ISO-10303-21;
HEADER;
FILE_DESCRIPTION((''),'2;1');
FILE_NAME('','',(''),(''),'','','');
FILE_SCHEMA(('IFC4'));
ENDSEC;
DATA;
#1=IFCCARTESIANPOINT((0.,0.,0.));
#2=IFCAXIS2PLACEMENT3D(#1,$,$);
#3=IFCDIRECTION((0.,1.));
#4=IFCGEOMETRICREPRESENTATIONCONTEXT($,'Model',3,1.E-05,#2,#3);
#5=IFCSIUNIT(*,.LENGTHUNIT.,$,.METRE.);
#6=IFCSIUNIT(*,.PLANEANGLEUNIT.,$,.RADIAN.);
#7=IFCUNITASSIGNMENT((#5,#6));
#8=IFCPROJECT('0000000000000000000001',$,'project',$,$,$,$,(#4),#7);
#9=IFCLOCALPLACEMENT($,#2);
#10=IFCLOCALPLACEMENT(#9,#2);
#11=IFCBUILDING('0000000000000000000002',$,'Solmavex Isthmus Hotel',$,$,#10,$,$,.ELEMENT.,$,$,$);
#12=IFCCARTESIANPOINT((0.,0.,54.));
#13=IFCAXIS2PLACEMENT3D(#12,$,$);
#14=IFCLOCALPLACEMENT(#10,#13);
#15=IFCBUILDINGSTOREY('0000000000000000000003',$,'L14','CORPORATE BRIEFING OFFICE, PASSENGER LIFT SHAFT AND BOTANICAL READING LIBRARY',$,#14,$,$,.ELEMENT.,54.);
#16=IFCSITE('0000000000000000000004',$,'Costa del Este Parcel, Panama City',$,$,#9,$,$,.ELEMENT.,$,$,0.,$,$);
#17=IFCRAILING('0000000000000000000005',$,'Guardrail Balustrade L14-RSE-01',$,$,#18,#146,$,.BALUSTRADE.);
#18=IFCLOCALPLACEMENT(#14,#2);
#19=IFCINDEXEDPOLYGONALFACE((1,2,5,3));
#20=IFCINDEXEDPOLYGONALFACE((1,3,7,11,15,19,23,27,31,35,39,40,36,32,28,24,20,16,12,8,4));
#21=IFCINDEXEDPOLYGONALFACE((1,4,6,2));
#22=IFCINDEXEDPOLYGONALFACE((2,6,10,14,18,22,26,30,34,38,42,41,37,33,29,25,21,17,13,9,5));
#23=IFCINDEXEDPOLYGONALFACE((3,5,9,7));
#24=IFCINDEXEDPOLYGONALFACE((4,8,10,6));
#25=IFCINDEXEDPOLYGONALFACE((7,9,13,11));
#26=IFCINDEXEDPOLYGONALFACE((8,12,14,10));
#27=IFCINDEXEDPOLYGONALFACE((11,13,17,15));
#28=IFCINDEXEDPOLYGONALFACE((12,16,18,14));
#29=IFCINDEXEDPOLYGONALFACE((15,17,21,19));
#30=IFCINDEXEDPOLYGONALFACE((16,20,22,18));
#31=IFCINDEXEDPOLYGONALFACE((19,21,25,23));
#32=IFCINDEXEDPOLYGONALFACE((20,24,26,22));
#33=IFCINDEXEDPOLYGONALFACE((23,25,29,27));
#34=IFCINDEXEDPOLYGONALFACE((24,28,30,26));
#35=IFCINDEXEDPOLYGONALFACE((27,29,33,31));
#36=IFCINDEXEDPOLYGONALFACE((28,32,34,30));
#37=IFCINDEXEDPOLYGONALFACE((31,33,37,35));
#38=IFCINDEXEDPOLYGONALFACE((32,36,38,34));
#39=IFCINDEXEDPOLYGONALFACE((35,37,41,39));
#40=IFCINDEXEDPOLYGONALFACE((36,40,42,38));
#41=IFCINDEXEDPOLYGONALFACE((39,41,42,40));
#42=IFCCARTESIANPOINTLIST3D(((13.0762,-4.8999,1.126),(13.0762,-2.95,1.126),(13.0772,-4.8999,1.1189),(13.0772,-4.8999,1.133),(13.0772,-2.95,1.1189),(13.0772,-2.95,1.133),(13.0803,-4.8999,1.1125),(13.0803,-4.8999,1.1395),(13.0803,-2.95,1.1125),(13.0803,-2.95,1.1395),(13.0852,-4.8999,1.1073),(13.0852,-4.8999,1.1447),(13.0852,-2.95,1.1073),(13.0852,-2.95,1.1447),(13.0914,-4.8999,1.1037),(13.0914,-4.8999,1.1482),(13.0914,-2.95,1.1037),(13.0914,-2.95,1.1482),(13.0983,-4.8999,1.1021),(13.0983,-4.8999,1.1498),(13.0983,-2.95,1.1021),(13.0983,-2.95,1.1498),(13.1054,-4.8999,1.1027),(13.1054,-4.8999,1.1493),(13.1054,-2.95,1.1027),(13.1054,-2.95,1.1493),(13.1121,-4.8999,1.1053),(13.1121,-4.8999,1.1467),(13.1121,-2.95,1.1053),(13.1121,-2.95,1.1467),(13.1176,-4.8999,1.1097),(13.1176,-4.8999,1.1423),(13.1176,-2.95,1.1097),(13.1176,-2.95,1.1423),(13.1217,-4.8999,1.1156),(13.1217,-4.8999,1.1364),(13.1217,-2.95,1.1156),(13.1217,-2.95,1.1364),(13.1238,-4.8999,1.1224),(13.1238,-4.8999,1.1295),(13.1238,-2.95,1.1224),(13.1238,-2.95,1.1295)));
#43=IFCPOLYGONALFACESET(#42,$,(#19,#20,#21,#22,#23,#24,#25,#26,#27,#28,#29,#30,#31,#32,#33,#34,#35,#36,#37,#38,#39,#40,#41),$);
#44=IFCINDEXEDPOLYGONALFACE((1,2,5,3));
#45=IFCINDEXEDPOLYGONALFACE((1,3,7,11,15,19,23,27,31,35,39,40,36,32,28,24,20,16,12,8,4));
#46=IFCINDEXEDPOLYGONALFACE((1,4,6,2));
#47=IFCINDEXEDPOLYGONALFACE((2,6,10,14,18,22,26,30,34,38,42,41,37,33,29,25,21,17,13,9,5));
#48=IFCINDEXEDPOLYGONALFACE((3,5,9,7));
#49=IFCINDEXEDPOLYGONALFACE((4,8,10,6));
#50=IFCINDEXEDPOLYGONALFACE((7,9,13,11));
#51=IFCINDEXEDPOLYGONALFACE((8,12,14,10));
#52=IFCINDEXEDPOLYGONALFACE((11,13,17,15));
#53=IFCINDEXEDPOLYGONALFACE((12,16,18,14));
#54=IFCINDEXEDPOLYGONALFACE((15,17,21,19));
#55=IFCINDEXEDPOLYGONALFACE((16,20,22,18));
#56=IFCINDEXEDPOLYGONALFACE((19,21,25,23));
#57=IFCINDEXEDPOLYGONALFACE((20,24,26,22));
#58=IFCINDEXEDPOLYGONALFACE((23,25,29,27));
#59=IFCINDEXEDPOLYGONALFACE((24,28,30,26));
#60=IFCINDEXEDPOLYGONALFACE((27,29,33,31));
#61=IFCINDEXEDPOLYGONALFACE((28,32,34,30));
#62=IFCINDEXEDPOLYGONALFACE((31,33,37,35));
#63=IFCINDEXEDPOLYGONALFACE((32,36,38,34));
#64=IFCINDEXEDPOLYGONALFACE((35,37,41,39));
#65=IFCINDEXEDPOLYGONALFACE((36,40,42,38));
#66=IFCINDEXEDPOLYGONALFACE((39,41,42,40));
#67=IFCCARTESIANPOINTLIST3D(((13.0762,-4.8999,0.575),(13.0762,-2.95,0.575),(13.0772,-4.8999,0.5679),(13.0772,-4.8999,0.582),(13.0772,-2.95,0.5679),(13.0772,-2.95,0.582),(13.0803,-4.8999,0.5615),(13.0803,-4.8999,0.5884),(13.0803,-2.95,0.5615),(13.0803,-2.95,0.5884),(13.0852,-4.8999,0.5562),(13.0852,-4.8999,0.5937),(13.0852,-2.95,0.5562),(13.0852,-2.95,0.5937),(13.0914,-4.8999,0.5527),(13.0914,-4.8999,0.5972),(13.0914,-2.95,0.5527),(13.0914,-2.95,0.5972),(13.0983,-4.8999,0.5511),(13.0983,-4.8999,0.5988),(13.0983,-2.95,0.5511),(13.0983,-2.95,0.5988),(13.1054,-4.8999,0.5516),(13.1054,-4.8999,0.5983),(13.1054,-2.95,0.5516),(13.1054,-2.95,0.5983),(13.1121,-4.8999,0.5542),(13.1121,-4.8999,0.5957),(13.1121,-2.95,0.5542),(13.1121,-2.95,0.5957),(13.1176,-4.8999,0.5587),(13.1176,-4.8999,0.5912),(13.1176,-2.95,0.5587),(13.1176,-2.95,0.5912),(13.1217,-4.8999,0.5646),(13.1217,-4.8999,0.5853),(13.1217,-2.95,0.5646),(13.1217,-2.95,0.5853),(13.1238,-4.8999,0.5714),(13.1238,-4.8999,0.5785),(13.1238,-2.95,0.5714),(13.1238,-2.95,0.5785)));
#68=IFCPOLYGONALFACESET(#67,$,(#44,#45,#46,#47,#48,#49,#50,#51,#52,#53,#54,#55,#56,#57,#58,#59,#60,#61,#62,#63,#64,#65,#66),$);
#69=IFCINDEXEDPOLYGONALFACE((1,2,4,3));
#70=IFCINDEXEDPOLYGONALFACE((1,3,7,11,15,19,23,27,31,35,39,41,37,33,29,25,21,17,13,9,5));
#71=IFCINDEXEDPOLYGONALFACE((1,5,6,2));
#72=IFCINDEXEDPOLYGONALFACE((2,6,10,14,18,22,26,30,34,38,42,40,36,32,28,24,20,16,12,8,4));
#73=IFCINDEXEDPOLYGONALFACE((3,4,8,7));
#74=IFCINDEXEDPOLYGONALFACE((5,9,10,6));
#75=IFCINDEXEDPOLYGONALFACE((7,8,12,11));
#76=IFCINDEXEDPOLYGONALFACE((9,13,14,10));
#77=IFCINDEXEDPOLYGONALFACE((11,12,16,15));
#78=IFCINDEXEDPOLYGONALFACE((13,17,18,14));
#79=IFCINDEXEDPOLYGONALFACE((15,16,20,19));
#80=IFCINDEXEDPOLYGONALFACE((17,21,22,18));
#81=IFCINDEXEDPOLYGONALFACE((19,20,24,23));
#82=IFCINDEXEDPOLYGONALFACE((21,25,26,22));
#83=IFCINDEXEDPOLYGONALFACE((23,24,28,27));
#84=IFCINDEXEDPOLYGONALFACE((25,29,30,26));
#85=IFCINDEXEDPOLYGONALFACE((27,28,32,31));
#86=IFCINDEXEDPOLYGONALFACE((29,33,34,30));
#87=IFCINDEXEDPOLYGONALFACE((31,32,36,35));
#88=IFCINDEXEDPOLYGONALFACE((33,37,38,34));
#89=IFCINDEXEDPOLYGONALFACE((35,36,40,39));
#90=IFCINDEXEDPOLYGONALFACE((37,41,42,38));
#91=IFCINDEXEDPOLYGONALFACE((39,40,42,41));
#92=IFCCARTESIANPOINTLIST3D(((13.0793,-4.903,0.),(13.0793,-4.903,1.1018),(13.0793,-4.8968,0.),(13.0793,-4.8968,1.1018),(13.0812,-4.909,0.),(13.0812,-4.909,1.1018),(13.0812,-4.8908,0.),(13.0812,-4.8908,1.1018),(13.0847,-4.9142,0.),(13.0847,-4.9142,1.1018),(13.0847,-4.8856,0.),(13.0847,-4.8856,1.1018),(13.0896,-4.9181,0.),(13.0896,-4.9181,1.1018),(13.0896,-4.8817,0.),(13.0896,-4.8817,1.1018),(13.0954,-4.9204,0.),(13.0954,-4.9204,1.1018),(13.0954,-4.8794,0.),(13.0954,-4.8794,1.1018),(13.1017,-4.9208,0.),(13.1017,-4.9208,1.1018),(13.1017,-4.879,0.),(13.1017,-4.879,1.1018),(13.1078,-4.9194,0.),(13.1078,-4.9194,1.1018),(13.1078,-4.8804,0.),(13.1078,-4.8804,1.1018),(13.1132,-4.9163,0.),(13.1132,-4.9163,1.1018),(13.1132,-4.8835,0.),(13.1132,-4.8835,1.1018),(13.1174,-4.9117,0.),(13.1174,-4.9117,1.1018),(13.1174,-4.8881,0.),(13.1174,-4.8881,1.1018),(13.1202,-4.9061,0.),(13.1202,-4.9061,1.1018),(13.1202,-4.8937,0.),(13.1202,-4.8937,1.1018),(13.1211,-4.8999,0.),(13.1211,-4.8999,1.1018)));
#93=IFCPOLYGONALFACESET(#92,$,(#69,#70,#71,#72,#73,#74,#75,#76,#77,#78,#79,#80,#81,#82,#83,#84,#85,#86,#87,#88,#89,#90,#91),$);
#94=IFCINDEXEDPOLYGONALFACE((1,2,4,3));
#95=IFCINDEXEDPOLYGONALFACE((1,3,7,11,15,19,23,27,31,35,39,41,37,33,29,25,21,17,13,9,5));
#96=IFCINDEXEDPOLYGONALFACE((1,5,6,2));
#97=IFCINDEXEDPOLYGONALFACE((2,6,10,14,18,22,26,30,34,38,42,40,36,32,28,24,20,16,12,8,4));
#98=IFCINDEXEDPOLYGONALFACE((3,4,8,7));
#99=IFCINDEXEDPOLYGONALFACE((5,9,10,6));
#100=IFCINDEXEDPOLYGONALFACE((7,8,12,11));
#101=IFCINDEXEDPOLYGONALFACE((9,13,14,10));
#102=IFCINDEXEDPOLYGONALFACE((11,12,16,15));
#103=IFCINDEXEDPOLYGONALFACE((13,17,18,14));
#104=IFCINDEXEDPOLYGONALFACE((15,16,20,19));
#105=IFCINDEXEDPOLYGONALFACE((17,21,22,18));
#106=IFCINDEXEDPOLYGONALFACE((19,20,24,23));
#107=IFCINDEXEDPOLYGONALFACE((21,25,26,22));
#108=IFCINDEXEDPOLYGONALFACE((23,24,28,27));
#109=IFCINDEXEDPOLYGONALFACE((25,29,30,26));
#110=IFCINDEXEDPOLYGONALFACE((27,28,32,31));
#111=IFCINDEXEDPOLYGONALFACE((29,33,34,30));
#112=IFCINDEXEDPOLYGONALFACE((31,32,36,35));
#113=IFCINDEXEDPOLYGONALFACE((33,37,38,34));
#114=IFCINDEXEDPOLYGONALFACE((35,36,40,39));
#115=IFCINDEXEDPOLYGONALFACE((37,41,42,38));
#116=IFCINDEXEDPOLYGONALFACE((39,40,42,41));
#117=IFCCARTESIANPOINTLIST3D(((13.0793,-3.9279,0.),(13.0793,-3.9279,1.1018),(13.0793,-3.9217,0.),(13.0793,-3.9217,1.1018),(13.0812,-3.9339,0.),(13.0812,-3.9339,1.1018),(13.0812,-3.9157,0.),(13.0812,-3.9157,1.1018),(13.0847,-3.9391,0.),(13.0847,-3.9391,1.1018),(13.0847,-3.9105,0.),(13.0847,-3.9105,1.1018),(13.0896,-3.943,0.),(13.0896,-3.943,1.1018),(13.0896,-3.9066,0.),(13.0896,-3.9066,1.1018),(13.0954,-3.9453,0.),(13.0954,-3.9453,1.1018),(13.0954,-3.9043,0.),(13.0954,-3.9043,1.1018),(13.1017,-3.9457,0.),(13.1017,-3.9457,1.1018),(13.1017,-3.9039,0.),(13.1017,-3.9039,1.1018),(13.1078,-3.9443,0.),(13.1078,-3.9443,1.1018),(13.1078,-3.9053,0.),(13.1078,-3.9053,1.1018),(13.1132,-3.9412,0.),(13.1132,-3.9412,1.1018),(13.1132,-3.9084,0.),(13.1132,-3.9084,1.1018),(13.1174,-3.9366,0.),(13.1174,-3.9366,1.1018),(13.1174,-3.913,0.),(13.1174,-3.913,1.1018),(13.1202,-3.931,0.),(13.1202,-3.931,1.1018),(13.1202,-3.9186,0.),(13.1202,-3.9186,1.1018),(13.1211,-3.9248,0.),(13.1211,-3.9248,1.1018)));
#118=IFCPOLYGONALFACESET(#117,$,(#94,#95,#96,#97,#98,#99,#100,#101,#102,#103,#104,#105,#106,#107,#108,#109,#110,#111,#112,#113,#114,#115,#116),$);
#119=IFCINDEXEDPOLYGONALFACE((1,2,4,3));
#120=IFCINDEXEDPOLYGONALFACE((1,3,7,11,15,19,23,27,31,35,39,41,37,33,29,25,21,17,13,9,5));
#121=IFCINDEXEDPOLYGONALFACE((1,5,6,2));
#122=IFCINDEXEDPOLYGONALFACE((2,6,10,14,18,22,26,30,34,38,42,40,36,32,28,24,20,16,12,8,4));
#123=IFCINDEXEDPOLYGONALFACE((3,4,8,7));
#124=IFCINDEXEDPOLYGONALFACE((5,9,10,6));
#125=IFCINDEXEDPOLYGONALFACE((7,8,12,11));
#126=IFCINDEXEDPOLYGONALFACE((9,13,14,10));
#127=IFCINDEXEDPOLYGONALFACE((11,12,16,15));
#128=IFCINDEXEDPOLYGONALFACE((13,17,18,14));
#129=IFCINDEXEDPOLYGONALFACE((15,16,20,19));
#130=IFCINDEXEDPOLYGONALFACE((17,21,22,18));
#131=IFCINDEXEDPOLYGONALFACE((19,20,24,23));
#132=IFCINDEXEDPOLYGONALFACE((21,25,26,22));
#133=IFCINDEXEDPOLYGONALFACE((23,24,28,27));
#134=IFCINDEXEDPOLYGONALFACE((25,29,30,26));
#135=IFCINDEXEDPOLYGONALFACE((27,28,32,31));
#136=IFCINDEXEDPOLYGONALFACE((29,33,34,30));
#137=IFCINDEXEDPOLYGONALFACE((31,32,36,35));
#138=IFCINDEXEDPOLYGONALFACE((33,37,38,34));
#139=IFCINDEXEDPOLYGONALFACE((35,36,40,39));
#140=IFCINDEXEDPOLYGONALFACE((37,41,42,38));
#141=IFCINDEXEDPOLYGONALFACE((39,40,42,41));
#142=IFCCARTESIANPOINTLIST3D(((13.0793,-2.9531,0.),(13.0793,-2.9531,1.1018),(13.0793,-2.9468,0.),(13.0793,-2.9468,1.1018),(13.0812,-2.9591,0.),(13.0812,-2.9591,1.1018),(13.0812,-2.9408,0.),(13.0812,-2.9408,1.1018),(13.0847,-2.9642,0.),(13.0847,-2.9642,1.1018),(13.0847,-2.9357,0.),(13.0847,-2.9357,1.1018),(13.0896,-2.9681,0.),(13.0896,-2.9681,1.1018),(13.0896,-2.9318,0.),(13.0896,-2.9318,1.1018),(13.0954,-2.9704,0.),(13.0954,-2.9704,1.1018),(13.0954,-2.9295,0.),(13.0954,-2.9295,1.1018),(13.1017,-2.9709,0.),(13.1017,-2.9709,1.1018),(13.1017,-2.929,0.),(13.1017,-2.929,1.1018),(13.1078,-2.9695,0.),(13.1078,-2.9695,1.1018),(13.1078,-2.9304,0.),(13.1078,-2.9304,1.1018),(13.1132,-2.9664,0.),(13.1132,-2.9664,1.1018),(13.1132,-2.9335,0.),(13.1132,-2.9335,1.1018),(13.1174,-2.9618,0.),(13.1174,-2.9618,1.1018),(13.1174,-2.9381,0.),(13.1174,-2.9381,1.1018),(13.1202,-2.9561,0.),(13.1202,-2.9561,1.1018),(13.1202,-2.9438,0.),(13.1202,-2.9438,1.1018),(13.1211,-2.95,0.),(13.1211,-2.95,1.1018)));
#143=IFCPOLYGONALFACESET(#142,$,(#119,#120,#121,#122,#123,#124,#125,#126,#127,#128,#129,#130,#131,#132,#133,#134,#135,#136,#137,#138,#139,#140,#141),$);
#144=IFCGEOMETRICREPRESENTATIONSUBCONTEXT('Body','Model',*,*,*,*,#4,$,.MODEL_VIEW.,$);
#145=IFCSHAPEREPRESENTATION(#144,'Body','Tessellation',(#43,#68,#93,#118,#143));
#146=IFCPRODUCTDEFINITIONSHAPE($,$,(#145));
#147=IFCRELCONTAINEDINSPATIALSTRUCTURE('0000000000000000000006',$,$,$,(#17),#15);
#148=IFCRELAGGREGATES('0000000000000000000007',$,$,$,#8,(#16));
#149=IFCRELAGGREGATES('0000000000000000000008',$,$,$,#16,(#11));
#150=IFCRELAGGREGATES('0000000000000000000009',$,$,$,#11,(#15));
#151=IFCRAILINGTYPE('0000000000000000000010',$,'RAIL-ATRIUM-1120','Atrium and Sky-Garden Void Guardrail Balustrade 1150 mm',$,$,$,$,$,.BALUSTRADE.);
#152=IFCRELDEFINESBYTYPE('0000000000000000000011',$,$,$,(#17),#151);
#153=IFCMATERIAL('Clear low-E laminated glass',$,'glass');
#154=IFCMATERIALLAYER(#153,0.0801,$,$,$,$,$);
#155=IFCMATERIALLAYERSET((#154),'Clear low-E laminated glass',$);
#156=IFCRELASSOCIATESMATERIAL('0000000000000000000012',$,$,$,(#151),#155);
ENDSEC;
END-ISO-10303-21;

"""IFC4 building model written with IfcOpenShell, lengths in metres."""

from ifc_helpers import new_model, si_unit, direction, frame, origin, origin_2d, place, context, subcontext, project, spatial, circle, extrude, material, layer, layer_set, type_object, element, save


model = new_model("IFC4")

# Units and contexts
model_context = context("Model", 3, precision=1e-05, world=origin(), true_north=direction((0.0, 1.0)))
body_context = subcontext(model_context, "Body", "Model", "MODEL_VIEW")
ifc_project = project(units=[si_unit("LENGTHUNIT", "METRE"), si_unit("PLANEANGLEUNIT", "RADIAN")], contexts=[model_context])

# Site, building, storey
site_placement = place(None, origin())
site = spatial("IfcSite", under=ifc_project, at=site_placement, Name="Costa del Este Parcel, Panama City", CompositionType="ELEMENT", RefElevation=0.0)
building_placement = place(site_placement, origin())
building = spatial("IfcBuilding", under=site, at=building_placement, Name="Solmavex Isthmus Hotel", CompositionType="ELEMENT")
storey_placement = place(building_placement, frame((0.0, 0.0, 54.0)))
storey = spatial("IfcBuildingStorey", under=building, at=storey_placement, Name="L14", Description="CORPORATE BRIEFING OFFICE, PASSENGER LIFT SHAFT AND BOTANICAL READING LIBRARY", CompositionType="ELEMENT", Elevation=54.0)

# Railing
ifc_material_1 = material(Name="Clear low-E laminated glass", Category="glass")
ifc_layer_1 = layer(ifc_material_1, 0.0801)
ifc_layer_set_1 = layer_set([ifc_layer_1], Name="Clear low-E laminated glass")
railing_type_1 = type_object("IfcRailingType", Name="RAIL-ATRIUM-1120", Description="Atrium and Sky-Garden Void Guardrail Balustrade 1150 mm", PredefinedType="BALUSTRADE", material=ifc_layer_set_1)
railing_1_placement = place(storey_placement, frame((13.1001, -4.8999, 0.0)))
element("IfcRailing", 1, at=railing_1_placement, inside=storey, type_object=railing_type_1, Name="Guardrail Balustrade L14-RSE-01", PredefinedType="BALUSTRADE", context=body_context, shape_type="SweptSolid", body=[
    extrude(circle(Radius=0.0239, at=origin_2d()), frame((0.0, 0.0, 1.126), z_axis=(0.0, 1.0, 0.0), x_axis=(-1.0, 0.0, 0.0)), (0.0, 0.0, 1.0), 1.95),
    extrude(circle(Radius=0.0239, at=origin_2d()), frame((0.0, 0.0, 0.575), z_axis=(0.0, 1.0, 0.0), x_axis=(-1.0, 0.0, 0.0)), (0.0, 0.0, 1.0), 1.95),
    extrude(circle(Radius=0.021, at=origin_2d()), origin(), (0.0, 0.0, 1.0), 1.1018),
    extrude(circle(Radius=0.021, at=origin_2d()), frame((0.0, 0.9751, 0.0)), (0.0, 0.0, 1.0), 1.1018),
    extrude(circle(Radius=0.021, at=origin_2d()), frame((0.0, 1.95, 0.0)), (0.0, 0.0, 1.0), 1.1018),
])

save(model, "model.ifc")
